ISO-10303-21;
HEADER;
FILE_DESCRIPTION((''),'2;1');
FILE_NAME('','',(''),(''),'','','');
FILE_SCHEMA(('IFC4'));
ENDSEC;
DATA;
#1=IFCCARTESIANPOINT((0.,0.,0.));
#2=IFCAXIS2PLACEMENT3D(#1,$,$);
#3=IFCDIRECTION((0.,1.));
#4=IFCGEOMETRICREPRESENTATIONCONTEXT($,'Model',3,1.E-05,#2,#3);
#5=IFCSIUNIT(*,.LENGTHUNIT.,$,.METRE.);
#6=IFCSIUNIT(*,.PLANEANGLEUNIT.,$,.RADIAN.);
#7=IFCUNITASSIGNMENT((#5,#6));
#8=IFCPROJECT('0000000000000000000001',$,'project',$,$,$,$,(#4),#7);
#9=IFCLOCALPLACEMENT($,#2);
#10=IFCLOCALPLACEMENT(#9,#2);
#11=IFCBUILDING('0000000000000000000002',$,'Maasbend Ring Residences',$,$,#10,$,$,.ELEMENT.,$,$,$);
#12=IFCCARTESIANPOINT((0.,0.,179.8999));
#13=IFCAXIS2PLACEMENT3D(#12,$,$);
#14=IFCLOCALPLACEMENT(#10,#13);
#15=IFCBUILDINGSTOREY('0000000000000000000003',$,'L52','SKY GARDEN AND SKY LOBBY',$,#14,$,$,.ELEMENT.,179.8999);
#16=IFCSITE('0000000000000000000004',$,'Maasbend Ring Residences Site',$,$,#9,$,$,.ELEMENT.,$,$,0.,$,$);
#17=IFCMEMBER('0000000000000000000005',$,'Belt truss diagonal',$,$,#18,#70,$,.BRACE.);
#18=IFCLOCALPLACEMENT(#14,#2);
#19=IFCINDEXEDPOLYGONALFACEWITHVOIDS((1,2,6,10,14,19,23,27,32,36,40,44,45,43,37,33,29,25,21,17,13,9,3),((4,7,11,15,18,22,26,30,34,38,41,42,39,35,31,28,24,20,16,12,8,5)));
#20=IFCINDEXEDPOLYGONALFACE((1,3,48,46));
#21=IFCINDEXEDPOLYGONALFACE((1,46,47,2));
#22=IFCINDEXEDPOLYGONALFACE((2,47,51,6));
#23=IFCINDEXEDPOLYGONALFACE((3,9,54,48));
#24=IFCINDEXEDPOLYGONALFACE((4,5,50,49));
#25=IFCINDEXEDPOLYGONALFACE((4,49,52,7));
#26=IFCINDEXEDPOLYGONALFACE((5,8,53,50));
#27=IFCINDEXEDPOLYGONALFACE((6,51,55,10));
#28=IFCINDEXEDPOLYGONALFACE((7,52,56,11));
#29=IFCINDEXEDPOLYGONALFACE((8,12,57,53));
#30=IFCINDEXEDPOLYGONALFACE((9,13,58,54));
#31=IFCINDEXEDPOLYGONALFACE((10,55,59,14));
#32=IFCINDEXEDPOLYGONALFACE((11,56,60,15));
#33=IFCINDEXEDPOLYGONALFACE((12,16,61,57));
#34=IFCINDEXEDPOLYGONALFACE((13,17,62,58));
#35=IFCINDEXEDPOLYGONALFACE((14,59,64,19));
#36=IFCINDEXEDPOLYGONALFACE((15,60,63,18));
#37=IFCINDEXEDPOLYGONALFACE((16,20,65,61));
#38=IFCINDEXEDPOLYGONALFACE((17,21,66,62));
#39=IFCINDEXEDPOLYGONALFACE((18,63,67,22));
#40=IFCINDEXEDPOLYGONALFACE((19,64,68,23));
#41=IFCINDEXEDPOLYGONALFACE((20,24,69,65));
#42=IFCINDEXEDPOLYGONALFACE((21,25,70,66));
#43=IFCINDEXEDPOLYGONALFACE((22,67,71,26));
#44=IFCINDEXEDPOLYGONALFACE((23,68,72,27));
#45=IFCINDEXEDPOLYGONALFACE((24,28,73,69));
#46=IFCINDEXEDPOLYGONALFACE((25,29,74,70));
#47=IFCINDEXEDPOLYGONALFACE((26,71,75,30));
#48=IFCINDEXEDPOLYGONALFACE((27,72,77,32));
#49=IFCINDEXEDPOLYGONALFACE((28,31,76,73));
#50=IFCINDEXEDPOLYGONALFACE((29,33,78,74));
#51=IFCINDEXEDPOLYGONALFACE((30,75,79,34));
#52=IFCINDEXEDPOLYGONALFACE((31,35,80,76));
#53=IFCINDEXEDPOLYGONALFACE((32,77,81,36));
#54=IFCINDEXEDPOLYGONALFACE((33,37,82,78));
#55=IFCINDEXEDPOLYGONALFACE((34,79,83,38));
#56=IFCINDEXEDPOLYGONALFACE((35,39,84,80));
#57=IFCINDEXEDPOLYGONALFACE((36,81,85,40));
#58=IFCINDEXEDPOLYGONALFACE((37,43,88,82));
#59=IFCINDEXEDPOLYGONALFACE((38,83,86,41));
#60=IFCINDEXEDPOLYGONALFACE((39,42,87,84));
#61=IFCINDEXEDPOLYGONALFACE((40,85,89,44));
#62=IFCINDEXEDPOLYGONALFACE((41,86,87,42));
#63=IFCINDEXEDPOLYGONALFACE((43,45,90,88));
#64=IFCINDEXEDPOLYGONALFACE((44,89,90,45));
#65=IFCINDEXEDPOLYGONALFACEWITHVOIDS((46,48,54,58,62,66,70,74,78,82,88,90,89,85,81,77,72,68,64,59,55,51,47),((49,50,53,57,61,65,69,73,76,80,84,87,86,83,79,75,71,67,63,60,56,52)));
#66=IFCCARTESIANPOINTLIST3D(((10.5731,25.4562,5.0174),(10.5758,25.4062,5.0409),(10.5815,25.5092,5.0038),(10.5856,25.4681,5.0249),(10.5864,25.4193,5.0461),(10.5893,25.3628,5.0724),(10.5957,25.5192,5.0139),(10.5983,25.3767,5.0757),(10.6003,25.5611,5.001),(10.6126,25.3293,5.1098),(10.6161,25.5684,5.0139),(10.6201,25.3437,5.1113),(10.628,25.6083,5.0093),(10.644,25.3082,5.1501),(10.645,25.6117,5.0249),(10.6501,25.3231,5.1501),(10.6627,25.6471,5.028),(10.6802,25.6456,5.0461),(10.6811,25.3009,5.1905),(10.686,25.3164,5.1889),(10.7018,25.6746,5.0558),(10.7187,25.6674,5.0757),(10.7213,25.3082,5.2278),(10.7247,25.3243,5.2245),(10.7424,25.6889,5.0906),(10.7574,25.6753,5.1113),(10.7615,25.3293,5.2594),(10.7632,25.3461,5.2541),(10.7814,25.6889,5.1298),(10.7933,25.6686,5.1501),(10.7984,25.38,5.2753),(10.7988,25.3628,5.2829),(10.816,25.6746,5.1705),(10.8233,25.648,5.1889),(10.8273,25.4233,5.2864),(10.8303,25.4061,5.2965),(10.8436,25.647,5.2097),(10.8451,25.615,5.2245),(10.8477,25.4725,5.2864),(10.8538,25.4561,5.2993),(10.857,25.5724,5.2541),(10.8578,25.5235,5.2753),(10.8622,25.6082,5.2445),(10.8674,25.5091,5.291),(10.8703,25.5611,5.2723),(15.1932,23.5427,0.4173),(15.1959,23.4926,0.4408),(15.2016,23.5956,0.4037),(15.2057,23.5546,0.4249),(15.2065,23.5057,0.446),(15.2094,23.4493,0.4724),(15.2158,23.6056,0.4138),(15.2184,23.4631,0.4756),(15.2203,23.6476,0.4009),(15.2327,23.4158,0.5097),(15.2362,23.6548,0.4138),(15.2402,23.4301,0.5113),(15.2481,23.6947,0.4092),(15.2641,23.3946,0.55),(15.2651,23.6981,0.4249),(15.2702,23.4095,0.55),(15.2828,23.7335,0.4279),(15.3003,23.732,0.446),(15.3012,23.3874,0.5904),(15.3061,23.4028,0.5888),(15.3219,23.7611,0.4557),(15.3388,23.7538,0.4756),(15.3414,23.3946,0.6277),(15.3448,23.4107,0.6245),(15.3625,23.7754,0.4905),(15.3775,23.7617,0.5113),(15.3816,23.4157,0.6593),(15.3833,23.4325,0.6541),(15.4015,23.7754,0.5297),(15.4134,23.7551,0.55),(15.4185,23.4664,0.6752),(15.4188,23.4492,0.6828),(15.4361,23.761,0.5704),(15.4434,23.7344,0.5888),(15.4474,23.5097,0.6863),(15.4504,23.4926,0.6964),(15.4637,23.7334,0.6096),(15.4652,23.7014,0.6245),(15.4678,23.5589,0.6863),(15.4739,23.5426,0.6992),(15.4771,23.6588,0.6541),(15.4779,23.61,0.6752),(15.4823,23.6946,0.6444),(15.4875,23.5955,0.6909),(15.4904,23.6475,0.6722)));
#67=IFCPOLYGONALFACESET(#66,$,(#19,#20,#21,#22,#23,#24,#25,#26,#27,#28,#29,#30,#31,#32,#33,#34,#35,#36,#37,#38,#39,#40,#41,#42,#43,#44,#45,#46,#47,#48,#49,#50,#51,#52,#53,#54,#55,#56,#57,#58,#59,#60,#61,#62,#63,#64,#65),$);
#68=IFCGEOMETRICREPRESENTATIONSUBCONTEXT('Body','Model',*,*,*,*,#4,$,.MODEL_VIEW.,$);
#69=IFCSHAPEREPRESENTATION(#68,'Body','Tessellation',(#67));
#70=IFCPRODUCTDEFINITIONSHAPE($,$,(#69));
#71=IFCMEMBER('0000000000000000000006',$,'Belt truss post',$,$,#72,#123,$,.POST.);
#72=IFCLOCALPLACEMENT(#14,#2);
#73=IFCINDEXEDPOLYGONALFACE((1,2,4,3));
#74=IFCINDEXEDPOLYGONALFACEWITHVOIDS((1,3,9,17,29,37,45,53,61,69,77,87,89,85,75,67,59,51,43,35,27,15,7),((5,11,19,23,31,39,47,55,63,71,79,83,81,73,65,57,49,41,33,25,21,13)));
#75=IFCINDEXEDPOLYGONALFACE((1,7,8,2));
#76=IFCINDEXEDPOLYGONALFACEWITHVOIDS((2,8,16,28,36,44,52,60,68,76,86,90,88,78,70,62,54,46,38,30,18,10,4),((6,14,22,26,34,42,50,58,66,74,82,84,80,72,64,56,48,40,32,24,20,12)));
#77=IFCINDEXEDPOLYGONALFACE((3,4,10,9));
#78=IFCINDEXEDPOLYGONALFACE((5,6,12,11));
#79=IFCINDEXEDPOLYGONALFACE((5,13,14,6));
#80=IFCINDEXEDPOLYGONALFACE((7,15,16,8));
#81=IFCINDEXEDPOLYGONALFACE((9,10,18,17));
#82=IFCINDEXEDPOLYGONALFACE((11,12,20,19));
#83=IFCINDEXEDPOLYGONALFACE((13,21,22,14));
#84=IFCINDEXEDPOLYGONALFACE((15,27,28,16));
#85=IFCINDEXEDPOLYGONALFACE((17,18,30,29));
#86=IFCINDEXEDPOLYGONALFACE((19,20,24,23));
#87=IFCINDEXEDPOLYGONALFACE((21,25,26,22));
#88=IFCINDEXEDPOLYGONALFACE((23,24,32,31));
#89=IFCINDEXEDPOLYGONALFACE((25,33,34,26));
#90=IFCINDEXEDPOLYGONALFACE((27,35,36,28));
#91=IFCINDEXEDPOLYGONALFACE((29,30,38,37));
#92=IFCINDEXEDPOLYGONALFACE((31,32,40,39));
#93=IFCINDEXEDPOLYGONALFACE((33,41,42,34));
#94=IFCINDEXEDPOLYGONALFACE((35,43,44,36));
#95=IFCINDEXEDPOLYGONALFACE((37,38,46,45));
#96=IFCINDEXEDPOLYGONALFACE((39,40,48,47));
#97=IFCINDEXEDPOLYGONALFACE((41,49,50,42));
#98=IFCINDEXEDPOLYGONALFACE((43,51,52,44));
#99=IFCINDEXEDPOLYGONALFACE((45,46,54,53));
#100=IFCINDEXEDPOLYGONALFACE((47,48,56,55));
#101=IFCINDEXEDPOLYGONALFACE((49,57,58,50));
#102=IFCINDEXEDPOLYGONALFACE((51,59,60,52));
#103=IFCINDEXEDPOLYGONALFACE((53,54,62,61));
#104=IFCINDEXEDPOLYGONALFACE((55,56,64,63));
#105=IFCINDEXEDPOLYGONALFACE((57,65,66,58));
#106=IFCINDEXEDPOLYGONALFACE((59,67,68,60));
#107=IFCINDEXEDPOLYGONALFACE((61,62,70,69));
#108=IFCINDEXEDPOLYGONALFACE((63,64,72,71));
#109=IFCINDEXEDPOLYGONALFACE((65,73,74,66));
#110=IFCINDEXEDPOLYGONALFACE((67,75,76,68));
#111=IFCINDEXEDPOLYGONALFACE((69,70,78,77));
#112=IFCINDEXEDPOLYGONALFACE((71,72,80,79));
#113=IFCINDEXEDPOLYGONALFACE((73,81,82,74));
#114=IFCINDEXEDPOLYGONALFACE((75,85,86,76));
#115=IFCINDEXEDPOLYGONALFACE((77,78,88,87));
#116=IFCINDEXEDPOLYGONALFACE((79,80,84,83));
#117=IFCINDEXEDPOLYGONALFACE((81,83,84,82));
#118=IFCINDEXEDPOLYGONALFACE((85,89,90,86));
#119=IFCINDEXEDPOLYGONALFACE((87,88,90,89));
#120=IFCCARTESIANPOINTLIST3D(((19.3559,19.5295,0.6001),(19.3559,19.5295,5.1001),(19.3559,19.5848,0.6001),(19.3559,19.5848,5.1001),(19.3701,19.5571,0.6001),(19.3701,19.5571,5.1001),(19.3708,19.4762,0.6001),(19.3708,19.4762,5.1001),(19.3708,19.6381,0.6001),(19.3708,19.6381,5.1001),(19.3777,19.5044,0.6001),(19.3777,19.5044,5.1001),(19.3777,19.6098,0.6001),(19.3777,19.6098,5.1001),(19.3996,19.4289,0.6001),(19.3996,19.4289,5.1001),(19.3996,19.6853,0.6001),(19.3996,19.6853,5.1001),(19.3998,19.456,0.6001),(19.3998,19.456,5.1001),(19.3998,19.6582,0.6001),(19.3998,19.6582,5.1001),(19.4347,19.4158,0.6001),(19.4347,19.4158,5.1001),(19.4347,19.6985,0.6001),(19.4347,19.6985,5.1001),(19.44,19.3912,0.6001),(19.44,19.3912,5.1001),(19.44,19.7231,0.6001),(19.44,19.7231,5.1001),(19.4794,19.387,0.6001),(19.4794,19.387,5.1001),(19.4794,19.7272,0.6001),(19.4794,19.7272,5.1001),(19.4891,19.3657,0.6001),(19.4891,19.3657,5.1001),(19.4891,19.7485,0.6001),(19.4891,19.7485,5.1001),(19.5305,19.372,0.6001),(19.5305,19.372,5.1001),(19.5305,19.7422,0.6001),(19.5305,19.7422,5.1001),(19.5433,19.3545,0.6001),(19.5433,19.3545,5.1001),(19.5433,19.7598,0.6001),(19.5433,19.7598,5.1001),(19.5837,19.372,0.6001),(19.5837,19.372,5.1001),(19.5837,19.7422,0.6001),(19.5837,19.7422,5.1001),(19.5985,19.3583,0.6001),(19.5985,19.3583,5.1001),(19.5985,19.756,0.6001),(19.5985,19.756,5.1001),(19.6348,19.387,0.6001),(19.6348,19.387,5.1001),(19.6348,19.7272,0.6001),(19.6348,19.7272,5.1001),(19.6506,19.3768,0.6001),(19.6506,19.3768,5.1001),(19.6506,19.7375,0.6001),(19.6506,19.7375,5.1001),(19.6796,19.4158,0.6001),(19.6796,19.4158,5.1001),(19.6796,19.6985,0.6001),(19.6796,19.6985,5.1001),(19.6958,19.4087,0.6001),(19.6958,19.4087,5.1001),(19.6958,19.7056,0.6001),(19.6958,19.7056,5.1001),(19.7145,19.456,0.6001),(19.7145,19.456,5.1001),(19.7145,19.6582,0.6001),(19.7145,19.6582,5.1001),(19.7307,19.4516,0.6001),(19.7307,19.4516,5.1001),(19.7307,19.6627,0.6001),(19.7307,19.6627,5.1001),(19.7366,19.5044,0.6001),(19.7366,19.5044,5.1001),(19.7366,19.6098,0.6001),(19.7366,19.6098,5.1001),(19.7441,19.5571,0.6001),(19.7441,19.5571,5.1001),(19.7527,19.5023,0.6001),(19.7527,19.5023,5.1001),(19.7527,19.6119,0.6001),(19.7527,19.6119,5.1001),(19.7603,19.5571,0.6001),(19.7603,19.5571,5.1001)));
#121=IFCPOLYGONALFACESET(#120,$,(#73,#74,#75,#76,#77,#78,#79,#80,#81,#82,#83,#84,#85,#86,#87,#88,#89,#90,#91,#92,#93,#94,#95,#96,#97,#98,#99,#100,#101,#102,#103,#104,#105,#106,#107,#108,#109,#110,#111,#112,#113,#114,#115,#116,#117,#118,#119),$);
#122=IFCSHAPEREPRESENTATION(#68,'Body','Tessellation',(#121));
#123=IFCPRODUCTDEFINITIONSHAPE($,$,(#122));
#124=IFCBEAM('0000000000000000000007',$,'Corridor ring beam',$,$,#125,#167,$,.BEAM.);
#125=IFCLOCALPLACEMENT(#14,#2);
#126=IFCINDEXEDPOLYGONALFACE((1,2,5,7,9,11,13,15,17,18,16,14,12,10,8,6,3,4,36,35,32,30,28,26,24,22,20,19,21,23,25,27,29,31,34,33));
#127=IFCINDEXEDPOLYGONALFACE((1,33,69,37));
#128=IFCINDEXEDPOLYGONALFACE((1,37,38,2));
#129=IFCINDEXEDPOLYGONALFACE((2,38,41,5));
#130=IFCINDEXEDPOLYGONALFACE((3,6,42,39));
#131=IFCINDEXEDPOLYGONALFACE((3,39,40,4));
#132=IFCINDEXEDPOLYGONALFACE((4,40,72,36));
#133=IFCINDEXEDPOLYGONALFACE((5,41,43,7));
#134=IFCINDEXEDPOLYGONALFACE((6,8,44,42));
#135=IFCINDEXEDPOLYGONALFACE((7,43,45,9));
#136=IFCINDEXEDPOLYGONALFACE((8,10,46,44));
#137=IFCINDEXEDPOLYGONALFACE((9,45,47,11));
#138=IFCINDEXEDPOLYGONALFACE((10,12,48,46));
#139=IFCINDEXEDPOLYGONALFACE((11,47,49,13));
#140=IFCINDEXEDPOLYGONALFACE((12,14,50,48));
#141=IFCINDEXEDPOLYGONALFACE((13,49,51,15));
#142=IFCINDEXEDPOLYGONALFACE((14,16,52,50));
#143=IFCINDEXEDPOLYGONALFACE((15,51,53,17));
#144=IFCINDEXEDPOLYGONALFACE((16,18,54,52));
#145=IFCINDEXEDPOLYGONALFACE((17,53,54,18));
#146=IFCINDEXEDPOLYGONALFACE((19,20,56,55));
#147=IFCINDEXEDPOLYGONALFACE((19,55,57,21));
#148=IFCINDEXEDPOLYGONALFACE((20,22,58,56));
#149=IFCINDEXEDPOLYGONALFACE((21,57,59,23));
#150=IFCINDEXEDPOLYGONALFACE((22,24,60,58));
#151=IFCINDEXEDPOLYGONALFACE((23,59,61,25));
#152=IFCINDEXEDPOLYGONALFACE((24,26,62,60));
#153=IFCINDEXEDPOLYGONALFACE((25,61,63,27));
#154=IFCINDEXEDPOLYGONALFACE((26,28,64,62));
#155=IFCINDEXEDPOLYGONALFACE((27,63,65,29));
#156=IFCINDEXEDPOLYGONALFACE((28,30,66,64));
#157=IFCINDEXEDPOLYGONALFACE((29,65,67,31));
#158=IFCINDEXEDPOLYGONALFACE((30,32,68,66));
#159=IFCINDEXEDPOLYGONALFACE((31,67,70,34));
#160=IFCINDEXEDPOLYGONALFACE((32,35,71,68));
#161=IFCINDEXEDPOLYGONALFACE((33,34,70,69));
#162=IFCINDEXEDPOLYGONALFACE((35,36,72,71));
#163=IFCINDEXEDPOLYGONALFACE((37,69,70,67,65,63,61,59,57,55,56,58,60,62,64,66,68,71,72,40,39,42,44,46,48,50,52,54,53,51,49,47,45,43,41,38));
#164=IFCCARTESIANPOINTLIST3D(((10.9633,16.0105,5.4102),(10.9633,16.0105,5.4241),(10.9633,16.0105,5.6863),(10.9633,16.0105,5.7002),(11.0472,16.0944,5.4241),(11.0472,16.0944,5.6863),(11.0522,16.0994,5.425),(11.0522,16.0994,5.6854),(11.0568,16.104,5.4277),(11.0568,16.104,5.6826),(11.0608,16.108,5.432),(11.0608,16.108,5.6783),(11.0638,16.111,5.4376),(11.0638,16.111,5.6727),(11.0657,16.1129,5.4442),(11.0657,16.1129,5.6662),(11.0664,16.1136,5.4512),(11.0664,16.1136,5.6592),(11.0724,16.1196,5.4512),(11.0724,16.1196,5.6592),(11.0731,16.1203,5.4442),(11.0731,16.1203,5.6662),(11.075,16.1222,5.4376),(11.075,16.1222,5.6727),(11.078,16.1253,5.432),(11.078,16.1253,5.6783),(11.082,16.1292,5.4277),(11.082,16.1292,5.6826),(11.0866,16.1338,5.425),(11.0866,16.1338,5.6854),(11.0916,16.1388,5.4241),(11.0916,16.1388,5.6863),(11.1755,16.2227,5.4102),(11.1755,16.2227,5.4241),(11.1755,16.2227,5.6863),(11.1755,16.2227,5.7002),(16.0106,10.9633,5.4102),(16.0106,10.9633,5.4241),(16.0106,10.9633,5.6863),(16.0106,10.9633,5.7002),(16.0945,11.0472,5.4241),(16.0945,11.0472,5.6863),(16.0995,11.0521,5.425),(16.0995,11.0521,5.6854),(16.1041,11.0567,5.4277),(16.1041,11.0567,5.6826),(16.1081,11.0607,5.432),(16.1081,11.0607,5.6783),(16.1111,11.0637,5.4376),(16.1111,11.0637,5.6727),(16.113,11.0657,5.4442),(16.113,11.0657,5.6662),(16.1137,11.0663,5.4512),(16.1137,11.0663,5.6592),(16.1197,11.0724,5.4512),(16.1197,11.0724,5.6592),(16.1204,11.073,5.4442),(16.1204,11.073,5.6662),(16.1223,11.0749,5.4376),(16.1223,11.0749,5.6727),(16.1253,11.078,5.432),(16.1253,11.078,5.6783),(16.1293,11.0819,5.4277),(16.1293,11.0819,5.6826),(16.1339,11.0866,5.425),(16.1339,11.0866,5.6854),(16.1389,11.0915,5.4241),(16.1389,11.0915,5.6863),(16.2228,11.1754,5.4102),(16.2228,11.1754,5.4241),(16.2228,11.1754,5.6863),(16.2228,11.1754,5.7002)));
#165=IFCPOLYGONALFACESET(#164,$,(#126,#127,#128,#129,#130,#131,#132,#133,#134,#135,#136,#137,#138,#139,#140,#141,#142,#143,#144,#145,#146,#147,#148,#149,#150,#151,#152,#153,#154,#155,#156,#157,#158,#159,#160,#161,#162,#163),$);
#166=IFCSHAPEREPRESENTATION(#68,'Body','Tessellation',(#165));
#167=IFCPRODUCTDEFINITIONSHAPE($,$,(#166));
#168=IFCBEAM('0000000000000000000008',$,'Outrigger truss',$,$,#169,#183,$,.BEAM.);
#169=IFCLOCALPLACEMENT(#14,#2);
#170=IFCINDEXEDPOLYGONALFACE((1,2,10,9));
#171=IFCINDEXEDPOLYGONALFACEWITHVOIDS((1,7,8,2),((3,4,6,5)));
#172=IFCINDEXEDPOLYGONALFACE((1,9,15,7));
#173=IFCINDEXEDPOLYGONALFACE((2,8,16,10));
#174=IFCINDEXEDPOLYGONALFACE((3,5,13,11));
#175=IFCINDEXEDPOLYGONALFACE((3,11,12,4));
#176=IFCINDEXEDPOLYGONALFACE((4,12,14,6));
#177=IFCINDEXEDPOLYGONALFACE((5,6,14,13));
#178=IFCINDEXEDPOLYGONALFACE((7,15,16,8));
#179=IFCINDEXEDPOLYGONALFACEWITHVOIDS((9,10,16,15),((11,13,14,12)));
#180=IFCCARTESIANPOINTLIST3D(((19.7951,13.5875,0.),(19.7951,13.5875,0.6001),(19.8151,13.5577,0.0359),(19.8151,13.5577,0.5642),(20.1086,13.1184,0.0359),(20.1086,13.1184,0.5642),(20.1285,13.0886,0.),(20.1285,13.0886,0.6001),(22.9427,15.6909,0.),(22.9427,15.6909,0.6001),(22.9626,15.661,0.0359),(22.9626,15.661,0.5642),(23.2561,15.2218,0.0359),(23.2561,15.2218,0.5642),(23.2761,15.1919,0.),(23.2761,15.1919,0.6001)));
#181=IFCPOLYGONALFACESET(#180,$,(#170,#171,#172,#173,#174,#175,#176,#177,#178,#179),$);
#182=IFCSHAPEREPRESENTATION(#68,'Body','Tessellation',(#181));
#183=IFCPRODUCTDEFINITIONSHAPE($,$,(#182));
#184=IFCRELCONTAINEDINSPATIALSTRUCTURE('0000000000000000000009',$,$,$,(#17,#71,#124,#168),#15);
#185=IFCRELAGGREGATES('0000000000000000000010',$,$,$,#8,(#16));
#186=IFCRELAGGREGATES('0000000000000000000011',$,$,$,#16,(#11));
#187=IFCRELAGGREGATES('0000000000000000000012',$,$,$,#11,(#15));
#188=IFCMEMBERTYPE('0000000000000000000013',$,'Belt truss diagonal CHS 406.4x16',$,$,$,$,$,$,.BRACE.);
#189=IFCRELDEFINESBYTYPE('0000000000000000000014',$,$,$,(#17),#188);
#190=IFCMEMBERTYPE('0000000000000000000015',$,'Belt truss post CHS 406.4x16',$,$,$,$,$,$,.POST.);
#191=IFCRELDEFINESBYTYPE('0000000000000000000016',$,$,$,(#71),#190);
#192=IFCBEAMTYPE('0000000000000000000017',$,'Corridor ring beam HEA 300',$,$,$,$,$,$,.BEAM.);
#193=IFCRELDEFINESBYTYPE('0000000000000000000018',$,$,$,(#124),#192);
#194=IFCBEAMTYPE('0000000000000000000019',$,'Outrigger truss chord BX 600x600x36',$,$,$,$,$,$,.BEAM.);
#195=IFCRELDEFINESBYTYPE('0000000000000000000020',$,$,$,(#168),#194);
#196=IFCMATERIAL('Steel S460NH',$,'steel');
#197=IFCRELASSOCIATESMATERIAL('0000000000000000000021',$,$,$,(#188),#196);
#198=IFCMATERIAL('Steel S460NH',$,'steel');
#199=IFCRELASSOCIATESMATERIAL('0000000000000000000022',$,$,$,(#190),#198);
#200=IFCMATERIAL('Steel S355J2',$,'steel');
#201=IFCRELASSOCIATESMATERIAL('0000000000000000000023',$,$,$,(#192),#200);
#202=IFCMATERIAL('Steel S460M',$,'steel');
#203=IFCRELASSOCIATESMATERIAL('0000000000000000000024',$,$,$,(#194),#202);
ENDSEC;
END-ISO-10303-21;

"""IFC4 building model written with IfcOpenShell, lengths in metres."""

from ifc_helpers import new_model, si_unit, direction, frame, origin, origin_2d, place, context, subcontext, project, spatial, hollow_rectangle, hollow_circle, i_section, extrude, material, material_profile, profile_set, type_object, element, save


model = new_model("IFC4")

# Units and contexts
model_context = context("Model", 3, precision=1e-05, world=origin(), true_north=direction((0.0, 1.0)))
body_context = subcontext(model_context, "Body", "Model", "MODEL_VIEW")
ifc_project = project(units=[si_unit("LENGTHUNIT", "METRE"), si_unit("PLANEANGLEUNIT", "RADIAN")], contexts=[model_context])

# Site, building, storey
site_placement = place(None, origin())
site = spatial("IfcSite", under=ifc_project, at=site_placement, Name="Maasbend Ring Residences Site", CompositionType="ELEMENT", RefElevation=0.0)
building_placement = place(site_placement, origin())
building = spatial("IfcBuilding", under=site, at=building_placement, Name="Maasbend Ring Residences", CompositionType="ELEMENT")
storey_placement = place(building_placement, frame((0.0, 0.0, 179.8999)))
storey = spatial("IfcBuildingStorey", under=building, at=storey_placement, Name="L52", Description="SKY GARDEN AND SKY LOBBY", CompositionType="ELEMENT", Elevation=179.8999)

# Members
ifc_material_1 = material(Name="Steel S460NH", Category="steel")
ifc_material_profile_1 = material_profile(ifc_material_1, hollow_circle(Radius=0.2031, WallThickness=0.0161, at=origin_2d()), Name="Belt truss diagonal CHS 406.4x16")
ifc_profile_set_1 = profile_set([ifc_material_profile_1], Name="Steel S460NH")
member_type_1 = type_object("IfcMemberType", Name="Belt truss diagonal CHS 406.4x16", PredefinedType="BRACE", material=ifc_profile_set_1)
member_1_placement = place(storey_placement, frame((15.3418, 23.5823, 0.55), z_axis=(-0.679957, 0.281627, 0.677011), x_axis=(-0.382659, -0.923889, 0.0)))
element("IfcMember", 1, at=member_1_placement, inside=storey, type_object=member_type_1, Name="Belt truss diagonal", PredefinedType="BRACE", context=body_context, shape_type="SweptSolid", body=[
    extrude(hollow_circle(Radius=0.2031, WallThickness=0.0161, at=origin_2d()), origin(), (0.0, 0.0, 1.0), 6.7947),
])
ifc_material_2 = material(Name="Steel S460NH", Category="steel")
ifc_material_profile_2 = material_profile(ifc_material_2, hollow_circle(Radius=0.2031, WallThickness=0.0161, at=origin_2d()), Name="Belt truss post CHS 406.4x16")
ifc_profile_set_2 = profile_set([ifc_material_profile_2], Name="Steel S460NH")
member_type_2 = type_object("IfcMemberType", Name="Belt truss post CHS 406.4x16", PredefinedType="POST", material=ifc_profile_set_2)
member_2_placement = place(storey_placement, frame((19.5571, 19.5571, 0.6001), z_axis=(0.0, 0.0, 1.0), x_axis=(1.0, 0.0, 0.0)))
element("IfcMember", 2, at=member_2_placement, inside=storey, type_object=member_type_2, Name="Belt truss post", PredefinedType="POST", context=body_context, shape_type="SweptSolid", body=[
    extrude(hollow_circle(Radius=0.2031, WallThickness=0.0161, at=origin_2d()), origin(), (0.0, 0.0, 1.0), 4.5),
])

# Beams
ifc_material_3 = material(Name="Steel S355J2", Category="steel")
ifc_material_profile_3 = material_profile(ifc_material_3, i_section(OverallWidth=0.3, OverallDepth=0.29, WebThickness=0.0085, FlangeThickness=0.0139, FilletRadius=0.0271, at=origin_2d()), Name="HEA 300")
ifc_profile_set_3 = profile_set([ifc_material_profile_3], Name="Steel S355J2")
beam_type_1 = type_object("IfcBeamType", Name="Corridor ring beam HEA 300", PredefinedType="BEAM", material=ifc_profile_set_3)
beam_1_placement = place(storey_placement, frame((16.1167, 11.0693, 5.5552), z_axis=(-0.707107, 0.707107, 0.0), x_axis=(-0.707107, -0.707107, 0.0)))
element("IfcBeam", 3, at=beam_1_placement, inside=storey, type_object=beam_type_1, Name="Corridor ring beam", PredefinedType="BEAM", context=body_context, shape_type="SweptSolid", body=[
    extrude(i_section(OverallWidth=0.3, OverallDepth=0.29, WebThickness=0.0085, FlangeThickness=0.0139, FilletRadius=0.0271, at=origin_2d()), origin(), (0.0, 0.0, 1.0), 7.1379),
])
ifc_material_4 = material(Name="Steel S460M", Category="steel")
ifc_material_profile_4 = material_profile(ifc_material_4, hollow_rectangle(XDim=0.6001, YDim=0.6001, WallThickness=0.0359, at=origin_2d()), Name="Outrigger truss chord BX 600x600x36")
ifc_profile_set_4 = profile_set([ifc_material_profile_4], Name="Steel S460M")
beam_type_2 = type_object("IfcBeamType", Name="Outrigger truss chord BX 600x600x36", PredefinedType="BEAM", material=ifc_profile_set_4)
beam_2_placement = place(storey_placement, frame((23.1094, 15.4414, 0.3), z_axis=(-0.831445, -0.555608, 0.0), x_axis=(0.555608, -0.831445, 0.0)))
element("IfcBeam", 4, at=beam_2_placement, inside=storey, type_object=beam_type_2, Name="Outrigger truss", PredefinedType="BEAM", context=body_context, shape_type="SweptSolid", body=[
    extrude(hollow_rectangle(XDim=0.6001, YDim=0.6001, WallThickness=0.0359, at=origin_2d()), origin(), (0.0, 0.0, 1.0), 3.7856),
])

save(model, "model.ifc")
